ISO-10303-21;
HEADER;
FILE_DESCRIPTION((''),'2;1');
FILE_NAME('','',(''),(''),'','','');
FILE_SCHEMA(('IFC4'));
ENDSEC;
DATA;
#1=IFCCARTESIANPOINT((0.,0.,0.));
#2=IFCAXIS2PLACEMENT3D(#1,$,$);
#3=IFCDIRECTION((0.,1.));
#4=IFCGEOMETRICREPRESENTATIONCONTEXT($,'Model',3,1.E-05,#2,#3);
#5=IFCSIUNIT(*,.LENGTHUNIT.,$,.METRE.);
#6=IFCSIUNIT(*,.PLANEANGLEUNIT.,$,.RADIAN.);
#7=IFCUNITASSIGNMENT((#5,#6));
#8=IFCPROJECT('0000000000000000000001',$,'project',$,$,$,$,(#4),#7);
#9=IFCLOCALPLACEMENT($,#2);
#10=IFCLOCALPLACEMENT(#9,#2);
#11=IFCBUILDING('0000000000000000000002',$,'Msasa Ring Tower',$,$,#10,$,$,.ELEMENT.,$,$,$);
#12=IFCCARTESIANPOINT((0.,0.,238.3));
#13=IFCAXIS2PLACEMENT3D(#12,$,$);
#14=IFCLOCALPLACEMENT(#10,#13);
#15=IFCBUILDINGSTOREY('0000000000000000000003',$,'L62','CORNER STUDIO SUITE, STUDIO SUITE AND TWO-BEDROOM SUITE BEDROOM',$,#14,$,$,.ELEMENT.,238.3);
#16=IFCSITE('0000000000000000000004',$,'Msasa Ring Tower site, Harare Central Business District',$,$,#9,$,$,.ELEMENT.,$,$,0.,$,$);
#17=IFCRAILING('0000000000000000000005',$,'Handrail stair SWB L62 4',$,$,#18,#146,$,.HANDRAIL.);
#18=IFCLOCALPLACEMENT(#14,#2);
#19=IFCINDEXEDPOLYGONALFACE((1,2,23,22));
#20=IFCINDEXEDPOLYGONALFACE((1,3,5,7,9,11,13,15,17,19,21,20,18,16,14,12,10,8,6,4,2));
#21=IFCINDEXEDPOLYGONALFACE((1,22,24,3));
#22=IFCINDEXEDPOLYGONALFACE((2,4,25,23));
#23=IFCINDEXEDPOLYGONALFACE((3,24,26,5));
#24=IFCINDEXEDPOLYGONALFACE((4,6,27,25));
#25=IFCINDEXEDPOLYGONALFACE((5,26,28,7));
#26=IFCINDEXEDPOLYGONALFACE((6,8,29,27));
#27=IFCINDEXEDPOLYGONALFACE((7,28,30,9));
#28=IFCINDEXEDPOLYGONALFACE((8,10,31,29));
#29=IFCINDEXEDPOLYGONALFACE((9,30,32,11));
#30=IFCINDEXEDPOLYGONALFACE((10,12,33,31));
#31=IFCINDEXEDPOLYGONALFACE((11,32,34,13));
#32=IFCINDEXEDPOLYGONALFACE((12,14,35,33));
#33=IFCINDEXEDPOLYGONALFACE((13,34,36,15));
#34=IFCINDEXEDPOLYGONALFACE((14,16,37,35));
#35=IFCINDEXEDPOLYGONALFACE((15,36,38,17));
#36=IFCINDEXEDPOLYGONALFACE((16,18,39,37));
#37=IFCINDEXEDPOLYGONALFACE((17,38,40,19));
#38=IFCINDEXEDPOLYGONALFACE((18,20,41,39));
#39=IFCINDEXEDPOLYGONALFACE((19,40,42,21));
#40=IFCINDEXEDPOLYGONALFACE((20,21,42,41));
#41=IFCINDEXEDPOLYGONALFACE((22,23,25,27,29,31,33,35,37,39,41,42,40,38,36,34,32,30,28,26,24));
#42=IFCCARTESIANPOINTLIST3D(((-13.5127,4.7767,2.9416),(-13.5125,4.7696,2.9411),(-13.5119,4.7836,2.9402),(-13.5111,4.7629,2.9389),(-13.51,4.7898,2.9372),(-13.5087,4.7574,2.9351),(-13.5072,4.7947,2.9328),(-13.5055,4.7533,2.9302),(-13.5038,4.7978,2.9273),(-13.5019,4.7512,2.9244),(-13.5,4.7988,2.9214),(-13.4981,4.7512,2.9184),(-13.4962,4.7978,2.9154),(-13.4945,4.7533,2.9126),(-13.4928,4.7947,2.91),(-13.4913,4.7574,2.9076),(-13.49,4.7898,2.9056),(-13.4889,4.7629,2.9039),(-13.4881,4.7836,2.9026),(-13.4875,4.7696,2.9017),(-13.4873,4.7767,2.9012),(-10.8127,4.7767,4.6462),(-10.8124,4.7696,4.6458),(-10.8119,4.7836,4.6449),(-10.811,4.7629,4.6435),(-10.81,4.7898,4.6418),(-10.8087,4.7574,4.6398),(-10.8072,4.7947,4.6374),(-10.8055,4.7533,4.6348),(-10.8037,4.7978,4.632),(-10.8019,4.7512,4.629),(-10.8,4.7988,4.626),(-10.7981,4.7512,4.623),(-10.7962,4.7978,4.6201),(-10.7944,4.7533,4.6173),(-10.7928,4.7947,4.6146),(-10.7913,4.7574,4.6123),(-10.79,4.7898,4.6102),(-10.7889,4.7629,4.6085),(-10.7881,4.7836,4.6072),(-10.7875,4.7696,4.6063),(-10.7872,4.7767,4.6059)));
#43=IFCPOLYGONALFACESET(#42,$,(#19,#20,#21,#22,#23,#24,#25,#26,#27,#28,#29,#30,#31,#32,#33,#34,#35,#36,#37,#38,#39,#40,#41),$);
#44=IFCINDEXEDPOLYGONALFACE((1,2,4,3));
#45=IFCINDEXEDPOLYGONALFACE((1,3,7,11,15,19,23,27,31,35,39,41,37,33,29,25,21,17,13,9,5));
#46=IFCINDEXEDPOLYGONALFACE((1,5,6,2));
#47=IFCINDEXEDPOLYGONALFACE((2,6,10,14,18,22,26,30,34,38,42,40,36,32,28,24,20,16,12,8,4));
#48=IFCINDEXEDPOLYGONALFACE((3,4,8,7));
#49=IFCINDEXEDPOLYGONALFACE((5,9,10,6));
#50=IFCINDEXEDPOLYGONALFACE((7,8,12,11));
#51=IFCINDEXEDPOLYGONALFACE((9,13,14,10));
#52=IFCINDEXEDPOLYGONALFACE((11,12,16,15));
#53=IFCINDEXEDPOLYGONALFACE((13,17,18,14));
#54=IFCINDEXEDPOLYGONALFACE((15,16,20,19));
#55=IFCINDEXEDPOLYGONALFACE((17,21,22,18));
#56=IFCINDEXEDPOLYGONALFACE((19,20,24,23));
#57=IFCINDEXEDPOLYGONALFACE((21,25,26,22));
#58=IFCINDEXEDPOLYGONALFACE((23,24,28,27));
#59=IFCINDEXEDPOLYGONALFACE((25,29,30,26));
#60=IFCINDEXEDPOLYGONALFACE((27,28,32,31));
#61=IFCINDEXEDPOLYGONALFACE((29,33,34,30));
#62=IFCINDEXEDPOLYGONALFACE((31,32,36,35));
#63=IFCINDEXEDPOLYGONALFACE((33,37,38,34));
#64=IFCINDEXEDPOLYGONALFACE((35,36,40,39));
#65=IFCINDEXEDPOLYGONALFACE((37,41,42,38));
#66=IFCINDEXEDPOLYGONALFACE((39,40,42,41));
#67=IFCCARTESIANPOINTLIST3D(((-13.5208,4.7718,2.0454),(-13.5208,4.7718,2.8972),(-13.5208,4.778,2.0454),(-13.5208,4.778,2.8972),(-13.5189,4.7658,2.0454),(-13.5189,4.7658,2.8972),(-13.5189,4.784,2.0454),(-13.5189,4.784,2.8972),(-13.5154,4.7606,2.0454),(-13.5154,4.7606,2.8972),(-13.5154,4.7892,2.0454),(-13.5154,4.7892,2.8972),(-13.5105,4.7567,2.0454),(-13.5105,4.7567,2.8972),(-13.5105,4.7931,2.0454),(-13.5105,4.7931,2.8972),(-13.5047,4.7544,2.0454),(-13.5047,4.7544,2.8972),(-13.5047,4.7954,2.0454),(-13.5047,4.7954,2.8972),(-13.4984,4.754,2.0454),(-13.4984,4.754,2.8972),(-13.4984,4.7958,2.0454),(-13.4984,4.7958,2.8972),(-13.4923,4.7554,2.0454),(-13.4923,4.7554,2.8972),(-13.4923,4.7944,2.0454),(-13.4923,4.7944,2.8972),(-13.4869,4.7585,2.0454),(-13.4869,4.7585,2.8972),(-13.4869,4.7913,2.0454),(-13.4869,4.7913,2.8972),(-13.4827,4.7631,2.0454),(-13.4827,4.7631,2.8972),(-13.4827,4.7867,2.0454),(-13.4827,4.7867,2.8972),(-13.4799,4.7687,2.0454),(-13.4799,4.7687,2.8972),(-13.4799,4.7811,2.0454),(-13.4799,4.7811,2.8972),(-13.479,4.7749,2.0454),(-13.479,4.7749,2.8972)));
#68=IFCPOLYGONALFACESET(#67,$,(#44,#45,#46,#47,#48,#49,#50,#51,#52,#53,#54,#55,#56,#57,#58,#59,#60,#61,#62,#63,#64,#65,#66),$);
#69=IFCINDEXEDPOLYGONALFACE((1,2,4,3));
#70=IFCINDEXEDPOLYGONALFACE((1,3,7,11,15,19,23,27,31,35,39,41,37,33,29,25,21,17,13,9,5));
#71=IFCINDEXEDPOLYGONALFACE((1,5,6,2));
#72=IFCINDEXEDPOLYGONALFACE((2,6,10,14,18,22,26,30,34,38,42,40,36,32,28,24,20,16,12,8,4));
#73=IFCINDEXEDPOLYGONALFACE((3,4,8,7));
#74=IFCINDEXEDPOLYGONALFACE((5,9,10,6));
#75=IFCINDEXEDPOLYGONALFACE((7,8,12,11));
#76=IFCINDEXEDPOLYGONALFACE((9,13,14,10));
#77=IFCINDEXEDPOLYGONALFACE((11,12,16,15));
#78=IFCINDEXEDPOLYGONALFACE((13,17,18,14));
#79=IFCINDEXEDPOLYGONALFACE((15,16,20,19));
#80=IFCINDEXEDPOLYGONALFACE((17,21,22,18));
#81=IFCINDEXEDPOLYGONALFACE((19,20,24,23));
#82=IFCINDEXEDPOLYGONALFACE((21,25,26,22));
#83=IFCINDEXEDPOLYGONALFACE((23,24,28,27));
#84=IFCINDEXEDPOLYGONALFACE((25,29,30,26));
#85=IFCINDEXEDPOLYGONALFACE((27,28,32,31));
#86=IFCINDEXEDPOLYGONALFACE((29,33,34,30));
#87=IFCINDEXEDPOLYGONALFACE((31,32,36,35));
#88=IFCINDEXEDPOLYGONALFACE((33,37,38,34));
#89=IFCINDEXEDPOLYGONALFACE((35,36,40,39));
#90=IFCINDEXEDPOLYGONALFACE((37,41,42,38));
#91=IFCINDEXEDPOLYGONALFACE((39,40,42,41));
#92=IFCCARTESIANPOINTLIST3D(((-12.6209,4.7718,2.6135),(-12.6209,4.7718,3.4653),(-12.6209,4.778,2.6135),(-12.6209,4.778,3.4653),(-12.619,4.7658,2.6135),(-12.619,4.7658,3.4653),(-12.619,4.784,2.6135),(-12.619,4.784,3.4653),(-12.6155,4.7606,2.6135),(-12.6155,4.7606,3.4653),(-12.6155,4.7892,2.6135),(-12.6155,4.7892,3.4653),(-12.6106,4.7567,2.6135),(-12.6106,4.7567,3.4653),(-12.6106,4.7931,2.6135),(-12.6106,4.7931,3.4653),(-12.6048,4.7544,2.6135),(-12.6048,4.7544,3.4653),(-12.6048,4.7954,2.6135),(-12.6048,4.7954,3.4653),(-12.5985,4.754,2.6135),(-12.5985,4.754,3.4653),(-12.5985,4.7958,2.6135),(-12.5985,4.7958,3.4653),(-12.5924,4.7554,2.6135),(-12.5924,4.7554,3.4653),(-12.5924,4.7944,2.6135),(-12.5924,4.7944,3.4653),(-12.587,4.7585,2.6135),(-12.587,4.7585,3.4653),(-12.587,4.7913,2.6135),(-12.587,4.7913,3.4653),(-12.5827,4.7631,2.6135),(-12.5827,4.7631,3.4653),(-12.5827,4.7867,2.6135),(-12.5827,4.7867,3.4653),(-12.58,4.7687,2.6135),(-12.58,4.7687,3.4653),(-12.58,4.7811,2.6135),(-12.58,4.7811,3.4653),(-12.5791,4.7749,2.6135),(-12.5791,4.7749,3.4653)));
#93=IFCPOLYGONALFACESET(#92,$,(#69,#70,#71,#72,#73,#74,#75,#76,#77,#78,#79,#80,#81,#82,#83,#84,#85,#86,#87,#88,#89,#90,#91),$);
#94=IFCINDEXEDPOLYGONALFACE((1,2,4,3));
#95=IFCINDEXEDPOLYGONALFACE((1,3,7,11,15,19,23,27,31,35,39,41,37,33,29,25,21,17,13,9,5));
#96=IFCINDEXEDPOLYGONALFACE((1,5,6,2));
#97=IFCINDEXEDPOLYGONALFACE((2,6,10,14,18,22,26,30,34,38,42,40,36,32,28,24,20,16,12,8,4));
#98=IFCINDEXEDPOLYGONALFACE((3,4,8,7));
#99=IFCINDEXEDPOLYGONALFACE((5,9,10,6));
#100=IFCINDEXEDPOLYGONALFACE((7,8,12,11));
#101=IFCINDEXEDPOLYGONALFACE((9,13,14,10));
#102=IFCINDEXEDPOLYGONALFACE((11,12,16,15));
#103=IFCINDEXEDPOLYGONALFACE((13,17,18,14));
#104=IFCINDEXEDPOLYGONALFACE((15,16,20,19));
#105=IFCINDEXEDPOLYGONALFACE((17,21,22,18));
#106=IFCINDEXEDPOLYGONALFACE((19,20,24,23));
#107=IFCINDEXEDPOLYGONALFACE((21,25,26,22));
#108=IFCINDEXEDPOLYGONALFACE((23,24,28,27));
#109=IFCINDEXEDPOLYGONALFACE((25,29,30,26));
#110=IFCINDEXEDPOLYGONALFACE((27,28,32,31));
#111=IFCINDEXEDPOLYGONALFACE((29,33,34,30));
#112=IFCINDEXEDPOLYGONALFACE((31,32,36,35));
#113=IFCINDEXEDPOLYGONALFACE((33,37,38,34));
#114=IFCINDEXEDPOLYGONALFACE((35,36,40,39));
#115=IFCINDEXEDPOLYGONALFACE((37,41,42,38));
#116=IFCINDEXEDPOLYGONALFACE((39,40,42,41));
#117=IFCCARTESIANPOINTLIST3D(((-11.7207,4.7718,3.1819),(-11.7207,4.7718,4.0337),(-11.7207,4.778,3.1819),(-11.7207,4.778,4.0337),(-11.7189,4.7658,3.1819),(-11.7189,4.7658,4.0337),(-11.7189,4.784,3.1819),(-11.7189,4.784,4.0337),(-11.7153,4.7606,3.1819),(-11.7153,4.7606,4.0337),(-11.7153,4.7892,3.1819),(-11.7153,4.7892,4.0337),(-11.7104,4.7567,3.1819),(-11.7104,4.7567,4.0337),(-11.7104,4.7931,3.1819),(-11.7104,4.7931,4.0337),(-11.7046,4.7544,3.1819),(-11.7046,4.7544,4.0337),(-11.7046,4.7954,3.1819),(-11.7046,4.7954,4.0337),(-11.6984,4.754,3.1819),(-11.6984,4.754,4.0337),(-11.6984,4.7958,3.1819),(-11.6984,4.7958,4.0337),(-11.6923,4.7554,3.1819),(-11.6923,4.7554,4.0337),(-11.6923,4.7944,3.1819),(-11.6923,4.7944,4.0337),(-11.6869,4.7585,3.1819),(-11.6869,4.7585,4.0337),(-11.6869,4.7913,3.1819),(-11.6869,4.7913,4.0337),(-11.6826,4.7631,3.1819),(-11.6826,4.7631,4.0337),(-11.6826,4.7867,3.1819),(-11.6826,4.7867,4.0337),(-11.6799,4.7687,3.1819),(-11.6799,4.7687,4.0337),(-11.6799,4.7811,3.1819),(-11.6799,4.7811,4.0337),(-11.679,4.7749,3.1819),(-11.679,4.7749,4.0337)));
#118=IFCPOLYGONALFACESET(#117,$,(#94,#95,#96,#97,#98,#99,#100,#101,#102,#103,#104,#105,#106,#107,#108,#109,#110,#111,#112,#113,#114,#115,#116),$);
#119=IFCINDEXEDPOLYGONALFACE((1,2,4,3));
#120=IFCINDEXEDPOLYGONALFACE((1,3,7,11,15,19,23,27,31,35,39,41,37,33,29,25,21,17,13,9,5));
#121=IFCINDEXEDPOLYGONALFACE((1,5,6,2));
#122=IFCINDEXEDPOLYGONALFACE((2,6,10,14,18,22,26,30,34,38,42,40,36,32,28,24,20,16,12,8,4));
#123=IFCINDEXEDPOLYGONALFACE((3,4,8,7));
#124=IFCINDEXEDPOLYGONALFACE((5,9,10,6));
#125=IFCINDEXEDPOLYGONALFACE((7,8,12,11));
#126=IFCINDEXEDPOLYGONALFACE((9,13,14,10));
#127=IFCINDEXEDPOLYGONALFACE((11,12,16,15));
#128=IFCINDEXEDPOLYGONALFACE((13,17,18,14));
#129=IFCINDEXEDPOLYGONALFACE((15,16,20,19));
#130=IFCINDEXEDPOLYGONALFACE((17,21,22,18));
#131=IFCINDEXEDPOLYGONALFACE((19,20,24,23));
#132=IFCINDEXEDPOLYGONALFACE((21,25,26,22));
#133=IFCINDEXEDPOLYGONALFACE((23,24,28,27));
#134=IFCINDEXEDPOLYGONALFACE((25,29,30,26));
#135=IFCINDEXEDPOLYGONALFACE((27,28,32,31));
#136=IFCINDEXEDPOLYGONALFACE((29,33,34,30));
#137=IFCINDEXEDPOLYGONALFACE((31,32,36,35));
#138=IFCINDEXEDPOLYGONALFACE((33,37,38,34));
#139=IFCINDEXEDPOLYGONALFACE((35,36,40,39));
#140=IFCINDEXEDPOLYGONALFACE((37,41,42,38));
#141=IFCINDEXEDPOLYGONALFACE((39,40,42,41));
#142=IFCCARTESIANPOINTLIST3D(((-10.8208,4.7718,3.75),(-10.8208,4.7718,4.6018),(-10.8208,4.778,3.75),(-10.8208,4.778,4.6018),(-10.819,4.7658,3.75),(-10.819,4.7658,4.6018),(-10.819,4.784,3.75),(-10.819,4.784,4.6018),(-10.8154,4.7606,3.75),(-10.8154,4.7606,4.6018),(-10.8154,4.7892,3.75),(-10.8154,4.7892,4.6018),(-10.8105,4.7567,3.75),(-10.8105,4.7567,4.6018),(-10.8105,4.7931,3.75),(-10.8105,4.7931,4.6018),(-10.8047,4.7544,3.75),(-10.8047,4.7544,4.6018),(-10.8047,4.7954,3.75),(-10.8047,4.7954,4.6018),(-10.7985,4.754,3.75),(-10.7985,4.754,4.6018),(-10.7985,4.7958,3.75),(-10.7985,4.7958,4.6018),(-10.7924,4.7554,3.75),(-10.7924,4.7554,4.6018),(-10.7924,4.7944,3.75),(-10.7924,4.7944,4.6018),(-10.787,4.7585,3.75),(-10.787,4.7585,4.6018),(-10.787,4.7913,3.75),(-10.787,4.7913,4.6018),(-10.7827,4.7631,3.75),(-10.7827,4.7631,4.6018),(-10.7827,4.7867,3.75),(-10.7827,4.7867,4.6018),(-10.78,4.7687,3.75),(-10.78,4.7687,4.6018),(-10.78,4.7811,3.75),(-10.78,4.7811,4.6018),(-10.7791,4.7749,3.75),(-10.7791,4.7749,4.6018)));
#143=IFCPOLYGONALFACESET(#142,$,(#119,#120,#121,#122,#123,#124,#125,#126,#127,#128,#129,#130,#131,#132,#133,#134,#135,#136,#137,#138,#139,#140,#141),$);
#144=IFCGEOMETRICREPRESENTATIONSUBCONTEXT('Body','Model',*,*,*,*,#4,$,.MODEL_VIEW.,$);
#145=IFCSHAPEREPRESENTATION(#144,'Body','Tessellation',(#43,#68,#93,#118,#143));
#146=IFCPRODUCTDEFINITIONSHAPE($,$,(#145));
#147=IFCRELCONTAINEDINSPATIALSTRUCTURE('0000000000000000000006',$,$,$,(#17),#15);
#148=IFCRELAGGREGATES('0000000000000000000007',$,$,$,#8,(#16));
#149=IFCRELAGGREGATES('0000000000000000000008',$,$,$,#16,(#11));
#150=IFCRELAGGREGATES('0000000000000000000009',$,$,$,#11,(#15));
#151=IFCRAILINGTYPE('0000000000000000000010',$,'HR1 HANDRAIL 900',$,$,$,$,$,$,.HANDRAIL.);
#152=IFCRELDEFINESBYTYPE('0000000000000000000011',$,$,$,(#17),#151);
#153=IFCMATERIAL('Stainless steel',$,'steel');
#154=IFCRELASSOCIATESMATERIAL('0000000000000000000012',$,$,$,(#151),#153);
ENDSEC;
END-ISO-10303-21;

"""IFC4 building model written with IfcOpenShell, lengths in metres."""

from ifc_helpers import new_model, si_unit, direction, frame, origin, origin_2d, place, context, subcontext, project, spatial, circle, extrude, material, type_object, element, save


model = new_model("IFC4")

# Units and contexts
model_context = context("Model", 3, precision=1e-05, world=origin(), true_north=direction((0.0, 1.0)))
body_context = subcontext(model_context, "Body", "Model", "MODEL_VIEW")
ifc_project = project(units=[si_unit("LENGTHUNIT", "METRE"), si_unit("PLANEANGLEUNIT", "RADIAN")], contexts=[model_context])

# Site, building, storey
site_placement = place(None, origin())
site = spatial("IfcSite", under=ifc_project, at=site_placement, Name="Msasa Ring Tower site, Harare Central Business District", CompositionType="ELEMENT", RefElevation=0.0)
building_placement = place(site_placement, origin())
building = spatial("IfcBuilding", under=site, at=building_placement, Name="Msasa Ring Tower", CompositionType="ELEMENT")
storey_placement = place(building_placement, frame((0.0, 0.0, 238.3)))
storey = spatial("IfcBuildingStorey", under=building, at=storey_placement, Name="L62", Description="CORNER STUDIO SUITE, STUDIO SUITE AND TWO-BEDROOM SUITE BEDROOM", CompositionType="ELEMENT", Elevation=238.3)

# Railing
ifc_material_1 = material(Name="Stainless steel", Category="steel")
railing_type = type_object("IfcRailingType", Name="HR1 HANDRAIL 900", PredefinedType="HANDRAIL", material=ifc_material_1)
for number, where, name in (
    (1, (-13.5, 4.7749, 2.0454), "Handrail stair SWB L62 4"),
):
    element("IfcRailing", number, at=place(storey_placement, frame(where)), inside=storey, type_object=railing_type, Name=name, PredefinedType="HANDRAIL", context=body_context, shape_type="SweptSolid", body=[
        extrude(circle(Radius=0.0239, at=origin_2d()), frame((0.0, 0.0, 0.876), z_axis=(0.84558, 0.0, 0.533849), x_axis=(0.0, 1.0, 0.0)), (0.0, 0.0, 1.0), 3.1931),
        extrude(circle(Radius=0.021, at=origin_2d()), origin(), (0.0, 0.0, 1.0), 0.8518),
        extrude(circle(Radius=0.021, at=origin_2d()), frame((0.8999, 0.0, 0.5681)), (0.0, 0.0, 1.0), 0.8518),
        extrude(circle(Radius=0.021, at=origin_2d()), frame((1.8, 0.0, 1.1365)), (0.0, 0.0, 1.0), 0.8518),
        extrude(circle(Radius=0.021, at=origin_2d()), frame((2.7, 0.0, 1.7046)), (0.0, 0.0, 1.0), 0.8518),
    ])

save(model, "model.ifc")
